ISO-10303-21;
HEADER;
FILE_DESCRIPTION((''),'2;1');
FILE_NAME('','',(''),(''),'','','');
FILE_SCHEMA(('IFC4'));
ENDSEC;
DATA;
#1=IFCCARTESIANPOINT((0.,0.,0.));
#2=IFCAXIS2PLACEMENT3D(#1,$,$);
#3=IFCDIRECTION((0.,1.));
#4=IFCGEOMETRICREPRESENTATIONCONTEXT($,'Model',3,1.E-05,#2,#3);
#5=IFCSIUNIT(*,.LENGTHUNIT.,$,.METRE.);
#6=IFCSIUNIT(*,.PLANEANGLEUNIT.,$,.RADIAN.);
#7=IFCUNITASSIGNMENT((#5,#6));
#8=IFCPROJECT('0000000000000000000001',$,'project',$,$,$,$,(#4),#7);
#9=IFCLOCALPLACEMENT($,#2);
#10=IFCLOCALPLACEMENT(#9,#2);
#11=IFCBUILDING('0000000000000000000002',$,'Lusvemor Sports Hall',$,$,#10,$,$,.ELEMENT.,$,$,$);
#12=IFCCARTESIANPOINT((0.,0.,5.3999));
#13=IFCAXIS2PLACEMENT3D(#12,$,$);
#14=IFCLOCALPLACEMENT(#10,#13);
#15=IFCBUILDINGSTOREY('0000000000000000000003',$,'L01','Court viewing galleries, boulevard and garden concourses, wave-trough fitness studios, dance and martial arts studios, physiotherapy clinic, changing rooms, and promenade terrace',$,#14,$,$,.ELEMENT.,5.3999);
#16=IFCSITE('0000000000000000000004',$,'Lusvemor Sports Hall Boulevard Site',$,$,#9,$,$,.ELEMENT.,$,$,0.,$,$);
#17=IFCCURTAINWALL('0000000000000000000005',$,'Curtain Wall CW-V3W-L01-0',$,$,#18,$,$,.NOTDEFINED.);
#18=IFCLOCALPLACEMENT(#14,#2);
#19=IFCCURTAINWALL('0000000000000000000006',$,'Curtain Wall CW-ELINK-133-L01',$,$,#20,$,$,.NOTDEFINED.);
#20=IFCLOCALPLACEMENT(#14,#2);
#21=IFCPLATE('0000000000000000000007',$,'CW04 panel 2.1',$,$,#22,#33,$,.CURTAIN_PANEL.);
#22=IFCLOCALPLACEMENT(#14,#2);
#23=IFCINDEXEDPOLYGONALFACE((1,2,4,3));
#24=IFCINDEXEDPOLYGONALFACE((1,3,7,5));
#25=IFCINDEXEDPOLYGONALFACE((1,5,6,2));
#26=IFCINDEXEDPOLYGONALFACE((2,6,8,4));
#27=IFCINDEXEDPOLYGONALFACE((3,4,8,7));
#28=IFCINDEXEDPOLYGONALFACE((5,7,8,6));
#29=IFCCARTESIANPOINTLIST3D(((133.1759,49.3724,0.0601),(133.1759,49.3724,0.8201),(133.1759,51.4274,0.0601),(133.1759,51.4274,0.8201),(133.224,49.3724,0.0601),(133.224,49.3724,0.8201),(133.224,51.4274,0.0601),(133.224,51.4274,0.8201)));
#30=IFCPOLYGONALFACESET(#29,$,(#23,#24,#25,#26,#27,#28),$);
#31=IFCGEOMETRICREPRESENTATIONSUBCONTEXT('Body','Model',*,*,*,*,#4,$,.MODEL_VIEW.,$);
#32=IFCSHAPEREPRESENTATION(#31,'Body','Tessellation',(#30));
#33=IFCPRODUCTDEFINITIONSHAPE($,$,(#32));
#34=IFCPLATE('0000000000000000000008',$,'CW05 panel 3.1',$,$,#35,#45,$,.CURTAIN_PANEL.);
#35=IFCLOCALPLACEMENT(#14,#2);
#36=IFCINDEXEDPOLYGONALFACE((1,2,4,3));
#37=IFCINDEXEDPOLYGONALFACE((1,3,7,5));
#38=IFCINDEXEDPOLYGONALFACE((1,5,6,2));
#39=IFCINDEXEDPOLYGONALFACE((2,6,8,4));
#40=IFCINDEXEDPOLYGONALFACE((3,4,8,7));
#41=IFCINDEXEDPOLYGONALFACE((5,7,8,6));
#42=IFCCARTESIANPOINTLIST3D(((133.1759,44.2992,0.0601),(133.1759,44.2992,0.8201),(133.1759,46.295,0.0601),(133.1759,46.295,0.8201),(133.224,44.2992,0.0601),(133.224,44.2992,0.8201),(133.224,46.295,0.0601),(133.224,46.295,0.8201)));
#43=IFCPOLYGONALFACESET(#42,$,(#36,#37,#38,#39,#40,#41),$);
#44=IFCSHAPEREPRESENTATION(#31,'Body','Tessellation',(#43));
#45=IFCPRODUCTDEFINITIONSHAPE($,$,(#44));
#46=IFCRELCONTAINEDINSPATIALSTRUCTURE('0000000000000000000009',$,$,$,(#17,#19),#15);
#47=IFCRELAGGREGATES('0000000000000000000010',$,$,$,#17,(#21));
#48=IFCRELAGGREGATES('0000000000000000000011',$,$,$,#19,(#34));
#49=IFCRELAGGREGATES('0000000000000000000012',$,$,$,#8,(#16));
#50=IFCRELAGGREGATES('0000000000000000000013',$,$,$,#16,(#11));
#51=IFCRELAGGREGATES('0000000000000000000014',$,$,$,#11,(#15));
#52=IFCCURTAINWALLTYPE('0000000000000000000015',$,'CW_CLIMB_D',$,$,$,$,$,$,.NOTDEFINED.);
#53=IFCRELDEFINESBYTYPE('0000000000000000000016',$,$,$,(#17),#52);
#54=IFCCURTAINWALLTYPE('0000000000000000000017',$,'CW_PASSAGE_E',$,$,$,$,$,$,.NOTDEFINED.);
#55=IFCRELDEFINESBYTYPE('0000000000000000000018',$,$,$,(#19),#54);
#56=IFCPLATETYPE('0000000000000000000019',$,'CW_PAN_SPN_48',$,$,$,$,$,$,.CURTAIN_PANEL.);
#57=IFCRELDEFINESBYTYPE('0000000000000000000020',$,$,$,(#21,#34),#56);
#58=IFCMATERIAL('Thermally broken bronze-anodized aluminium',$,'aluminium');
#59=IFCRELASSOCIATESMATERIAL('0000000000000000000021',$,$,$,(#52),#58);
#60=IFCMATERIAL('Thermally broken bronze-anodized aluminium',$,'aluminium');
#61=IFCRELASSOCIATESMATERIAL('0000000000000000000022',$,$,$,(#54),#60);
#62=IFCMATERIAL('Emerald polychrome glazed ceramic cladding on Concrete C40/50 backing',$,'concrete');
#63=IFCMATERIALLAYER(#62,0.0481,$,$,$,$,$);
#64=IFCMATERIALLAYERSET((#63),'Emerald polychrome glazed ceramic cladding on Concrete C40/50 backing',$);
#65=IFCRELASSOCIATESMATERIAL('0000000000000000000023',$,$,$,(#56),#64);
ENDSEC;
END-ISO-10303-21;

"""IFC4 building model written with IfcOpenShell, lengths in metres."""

from ifc_helpers import new_model, si_unit, direction, frame, origin, origin_2d, place, context, subcontext, project, spatial, rectangle, extrude, material, layer, layer_set, type_object, element, aggregate, save


model = new_model("IFC4")

# Units and contexts
model_context = context("Model", 3, precision=1e-05, world=origin(), true_north=direction((0.0, 1.0)))
body_context = subcontext(model_context, "Body", "Model", "MODEL_VIEW")
ifc_project = project(units=[si_unit("LENGTHUNIT", "METRE"), si_unit("PLANEANGLEUNIT", "RADIAN")], contexts=[model_context])

# Site, building, storey
site_placement = place(None, origin())
site = spatial("IfcSite", under=ifc_project, at=site_placement, Name="Lusvemor Sports Hall Boulevard Site", CompositionType="ELEMENT", RefElevation=0.0)
building_placement = place(site_placement, origin())
building = spatial("IfcBuilding", under=site, at=building_placement, Name="Lusvemor Sports Hall", CompositionType="ELEMENT")
storey_placement = place(building_placement, frame((0.0, 0.0, 5.3999)))
storey = spatial("IfcBuildingStorey", under=building, at=storey_placement, Name="L01", Description="Court viewing galleries, boulevard and garden concourses, wave-trough fitness studios, dance and martial arts studios, physiotherapy clinic, changing rooms, and promenade terrace", CompositionType="ELEMENT", Elevation=5.3999)

# Curtain walls
ifc_material_1 = material(Name="Thermally broken bronze-anodized aluminium", Category="aluminium")
curtain_wall_type_1 = type_object("IfcCurtainWallType", Name="CW_CLIMB_D", PredefinedType="NOTDEFINED", material=ifc_material_1)
curtain_wall_1_placement = place(storey_placement, origin())
curtain_wall_1 = element("IfcCurtainWall", 1, at=curtain_wall_1_placement, inside=storey, type_object=curtain_wall_type_1, Name="Curtain Wall CW-V3W-L01-0", PredefinedType="NOTDEFINED")
ifc_material_2 = material(Name="Thermally broken bronze-anodized aluminium", Category="aluminium")
curtain_wall_type_2 = type_object("IfcCurtainWallType", Name="CW_PASSAGE_E", PredefinedType="NOTDEFINED", material=ifc_material_2)
curtain_wall_2_placement = place(storey_placement, origin())
curtain_wall_2 = element("IfcCurtainWall", 2, at=curtain_wall_2_placement, inside=storey, type_object=curtain_wall_type_2, Name="Curtain Wall CW-ELINK-133-L01", PredefinedType="NOTDEFINED")

# Plates
ifc_material_3 = material(Name="Emerald polychrome glazed ceramic cladding on Concrete C40/50 backing", Category="concrete")
ifc_layer_1 = layer(ifc_material_3, 0.0481)
ifc_layer_set_1 = layer_set([ifc_layer_1], Name="Emerald polychrome glazed ceramic cladding on Concrete C40/50 backing")
plate_type_1 = type_object("IfcPlateType", Name="CW_PAN_SPN_48", PredefinedType="CURTAIN_PANEL", material=ifc_layer_set_1)
plate_1_placement = place(storey_placement, frame((133.2, 50.3999, 0.0601), z_axis=(0.0, 0.0, 1.0), x_axis=(0.0, 1.0, 0.0)))
plate_1 = element("IfcPlate", 3, at=plate_1_placement, type_object=plate_type_1, Name="CW04 panel 2.1", PredefinedType="CURTAIN_PANEL", context=body_context, shape_type="SweptSolid", body=[
    extrude(rectangle(XDim=2.0549, YDim=0.0481, at=origin_2d()), origin(), (0.0, 0.0, 1.0), 0.76),
])
aggregate(curtain_wall_1, [plate_1])
plate_2_placement = place(storey_placement, frame((133.2, 45.2971, 0.0601), z_axis=(0.0, 0.0, 1.0), x_axis=(0.0, 1.0, 0.0)))
plate_2 = element("IfcPlate", 4, at=plate_2_placement, type_object=plate_type_1, Name="CW05 panel 3.1", PredefinedType="CURTAIN_PANEL", context=body_context, shape_type="SweptSolid", body=[
    extrude(rectangle(XDim=1.9958, YDim=0.0481, at=origin_2d()), origin(), (0.0, 0.0, 1.0), 0.76),
])
aggregate(curtain_wall_2, [plate_2])

save(model, "model.ifc")
